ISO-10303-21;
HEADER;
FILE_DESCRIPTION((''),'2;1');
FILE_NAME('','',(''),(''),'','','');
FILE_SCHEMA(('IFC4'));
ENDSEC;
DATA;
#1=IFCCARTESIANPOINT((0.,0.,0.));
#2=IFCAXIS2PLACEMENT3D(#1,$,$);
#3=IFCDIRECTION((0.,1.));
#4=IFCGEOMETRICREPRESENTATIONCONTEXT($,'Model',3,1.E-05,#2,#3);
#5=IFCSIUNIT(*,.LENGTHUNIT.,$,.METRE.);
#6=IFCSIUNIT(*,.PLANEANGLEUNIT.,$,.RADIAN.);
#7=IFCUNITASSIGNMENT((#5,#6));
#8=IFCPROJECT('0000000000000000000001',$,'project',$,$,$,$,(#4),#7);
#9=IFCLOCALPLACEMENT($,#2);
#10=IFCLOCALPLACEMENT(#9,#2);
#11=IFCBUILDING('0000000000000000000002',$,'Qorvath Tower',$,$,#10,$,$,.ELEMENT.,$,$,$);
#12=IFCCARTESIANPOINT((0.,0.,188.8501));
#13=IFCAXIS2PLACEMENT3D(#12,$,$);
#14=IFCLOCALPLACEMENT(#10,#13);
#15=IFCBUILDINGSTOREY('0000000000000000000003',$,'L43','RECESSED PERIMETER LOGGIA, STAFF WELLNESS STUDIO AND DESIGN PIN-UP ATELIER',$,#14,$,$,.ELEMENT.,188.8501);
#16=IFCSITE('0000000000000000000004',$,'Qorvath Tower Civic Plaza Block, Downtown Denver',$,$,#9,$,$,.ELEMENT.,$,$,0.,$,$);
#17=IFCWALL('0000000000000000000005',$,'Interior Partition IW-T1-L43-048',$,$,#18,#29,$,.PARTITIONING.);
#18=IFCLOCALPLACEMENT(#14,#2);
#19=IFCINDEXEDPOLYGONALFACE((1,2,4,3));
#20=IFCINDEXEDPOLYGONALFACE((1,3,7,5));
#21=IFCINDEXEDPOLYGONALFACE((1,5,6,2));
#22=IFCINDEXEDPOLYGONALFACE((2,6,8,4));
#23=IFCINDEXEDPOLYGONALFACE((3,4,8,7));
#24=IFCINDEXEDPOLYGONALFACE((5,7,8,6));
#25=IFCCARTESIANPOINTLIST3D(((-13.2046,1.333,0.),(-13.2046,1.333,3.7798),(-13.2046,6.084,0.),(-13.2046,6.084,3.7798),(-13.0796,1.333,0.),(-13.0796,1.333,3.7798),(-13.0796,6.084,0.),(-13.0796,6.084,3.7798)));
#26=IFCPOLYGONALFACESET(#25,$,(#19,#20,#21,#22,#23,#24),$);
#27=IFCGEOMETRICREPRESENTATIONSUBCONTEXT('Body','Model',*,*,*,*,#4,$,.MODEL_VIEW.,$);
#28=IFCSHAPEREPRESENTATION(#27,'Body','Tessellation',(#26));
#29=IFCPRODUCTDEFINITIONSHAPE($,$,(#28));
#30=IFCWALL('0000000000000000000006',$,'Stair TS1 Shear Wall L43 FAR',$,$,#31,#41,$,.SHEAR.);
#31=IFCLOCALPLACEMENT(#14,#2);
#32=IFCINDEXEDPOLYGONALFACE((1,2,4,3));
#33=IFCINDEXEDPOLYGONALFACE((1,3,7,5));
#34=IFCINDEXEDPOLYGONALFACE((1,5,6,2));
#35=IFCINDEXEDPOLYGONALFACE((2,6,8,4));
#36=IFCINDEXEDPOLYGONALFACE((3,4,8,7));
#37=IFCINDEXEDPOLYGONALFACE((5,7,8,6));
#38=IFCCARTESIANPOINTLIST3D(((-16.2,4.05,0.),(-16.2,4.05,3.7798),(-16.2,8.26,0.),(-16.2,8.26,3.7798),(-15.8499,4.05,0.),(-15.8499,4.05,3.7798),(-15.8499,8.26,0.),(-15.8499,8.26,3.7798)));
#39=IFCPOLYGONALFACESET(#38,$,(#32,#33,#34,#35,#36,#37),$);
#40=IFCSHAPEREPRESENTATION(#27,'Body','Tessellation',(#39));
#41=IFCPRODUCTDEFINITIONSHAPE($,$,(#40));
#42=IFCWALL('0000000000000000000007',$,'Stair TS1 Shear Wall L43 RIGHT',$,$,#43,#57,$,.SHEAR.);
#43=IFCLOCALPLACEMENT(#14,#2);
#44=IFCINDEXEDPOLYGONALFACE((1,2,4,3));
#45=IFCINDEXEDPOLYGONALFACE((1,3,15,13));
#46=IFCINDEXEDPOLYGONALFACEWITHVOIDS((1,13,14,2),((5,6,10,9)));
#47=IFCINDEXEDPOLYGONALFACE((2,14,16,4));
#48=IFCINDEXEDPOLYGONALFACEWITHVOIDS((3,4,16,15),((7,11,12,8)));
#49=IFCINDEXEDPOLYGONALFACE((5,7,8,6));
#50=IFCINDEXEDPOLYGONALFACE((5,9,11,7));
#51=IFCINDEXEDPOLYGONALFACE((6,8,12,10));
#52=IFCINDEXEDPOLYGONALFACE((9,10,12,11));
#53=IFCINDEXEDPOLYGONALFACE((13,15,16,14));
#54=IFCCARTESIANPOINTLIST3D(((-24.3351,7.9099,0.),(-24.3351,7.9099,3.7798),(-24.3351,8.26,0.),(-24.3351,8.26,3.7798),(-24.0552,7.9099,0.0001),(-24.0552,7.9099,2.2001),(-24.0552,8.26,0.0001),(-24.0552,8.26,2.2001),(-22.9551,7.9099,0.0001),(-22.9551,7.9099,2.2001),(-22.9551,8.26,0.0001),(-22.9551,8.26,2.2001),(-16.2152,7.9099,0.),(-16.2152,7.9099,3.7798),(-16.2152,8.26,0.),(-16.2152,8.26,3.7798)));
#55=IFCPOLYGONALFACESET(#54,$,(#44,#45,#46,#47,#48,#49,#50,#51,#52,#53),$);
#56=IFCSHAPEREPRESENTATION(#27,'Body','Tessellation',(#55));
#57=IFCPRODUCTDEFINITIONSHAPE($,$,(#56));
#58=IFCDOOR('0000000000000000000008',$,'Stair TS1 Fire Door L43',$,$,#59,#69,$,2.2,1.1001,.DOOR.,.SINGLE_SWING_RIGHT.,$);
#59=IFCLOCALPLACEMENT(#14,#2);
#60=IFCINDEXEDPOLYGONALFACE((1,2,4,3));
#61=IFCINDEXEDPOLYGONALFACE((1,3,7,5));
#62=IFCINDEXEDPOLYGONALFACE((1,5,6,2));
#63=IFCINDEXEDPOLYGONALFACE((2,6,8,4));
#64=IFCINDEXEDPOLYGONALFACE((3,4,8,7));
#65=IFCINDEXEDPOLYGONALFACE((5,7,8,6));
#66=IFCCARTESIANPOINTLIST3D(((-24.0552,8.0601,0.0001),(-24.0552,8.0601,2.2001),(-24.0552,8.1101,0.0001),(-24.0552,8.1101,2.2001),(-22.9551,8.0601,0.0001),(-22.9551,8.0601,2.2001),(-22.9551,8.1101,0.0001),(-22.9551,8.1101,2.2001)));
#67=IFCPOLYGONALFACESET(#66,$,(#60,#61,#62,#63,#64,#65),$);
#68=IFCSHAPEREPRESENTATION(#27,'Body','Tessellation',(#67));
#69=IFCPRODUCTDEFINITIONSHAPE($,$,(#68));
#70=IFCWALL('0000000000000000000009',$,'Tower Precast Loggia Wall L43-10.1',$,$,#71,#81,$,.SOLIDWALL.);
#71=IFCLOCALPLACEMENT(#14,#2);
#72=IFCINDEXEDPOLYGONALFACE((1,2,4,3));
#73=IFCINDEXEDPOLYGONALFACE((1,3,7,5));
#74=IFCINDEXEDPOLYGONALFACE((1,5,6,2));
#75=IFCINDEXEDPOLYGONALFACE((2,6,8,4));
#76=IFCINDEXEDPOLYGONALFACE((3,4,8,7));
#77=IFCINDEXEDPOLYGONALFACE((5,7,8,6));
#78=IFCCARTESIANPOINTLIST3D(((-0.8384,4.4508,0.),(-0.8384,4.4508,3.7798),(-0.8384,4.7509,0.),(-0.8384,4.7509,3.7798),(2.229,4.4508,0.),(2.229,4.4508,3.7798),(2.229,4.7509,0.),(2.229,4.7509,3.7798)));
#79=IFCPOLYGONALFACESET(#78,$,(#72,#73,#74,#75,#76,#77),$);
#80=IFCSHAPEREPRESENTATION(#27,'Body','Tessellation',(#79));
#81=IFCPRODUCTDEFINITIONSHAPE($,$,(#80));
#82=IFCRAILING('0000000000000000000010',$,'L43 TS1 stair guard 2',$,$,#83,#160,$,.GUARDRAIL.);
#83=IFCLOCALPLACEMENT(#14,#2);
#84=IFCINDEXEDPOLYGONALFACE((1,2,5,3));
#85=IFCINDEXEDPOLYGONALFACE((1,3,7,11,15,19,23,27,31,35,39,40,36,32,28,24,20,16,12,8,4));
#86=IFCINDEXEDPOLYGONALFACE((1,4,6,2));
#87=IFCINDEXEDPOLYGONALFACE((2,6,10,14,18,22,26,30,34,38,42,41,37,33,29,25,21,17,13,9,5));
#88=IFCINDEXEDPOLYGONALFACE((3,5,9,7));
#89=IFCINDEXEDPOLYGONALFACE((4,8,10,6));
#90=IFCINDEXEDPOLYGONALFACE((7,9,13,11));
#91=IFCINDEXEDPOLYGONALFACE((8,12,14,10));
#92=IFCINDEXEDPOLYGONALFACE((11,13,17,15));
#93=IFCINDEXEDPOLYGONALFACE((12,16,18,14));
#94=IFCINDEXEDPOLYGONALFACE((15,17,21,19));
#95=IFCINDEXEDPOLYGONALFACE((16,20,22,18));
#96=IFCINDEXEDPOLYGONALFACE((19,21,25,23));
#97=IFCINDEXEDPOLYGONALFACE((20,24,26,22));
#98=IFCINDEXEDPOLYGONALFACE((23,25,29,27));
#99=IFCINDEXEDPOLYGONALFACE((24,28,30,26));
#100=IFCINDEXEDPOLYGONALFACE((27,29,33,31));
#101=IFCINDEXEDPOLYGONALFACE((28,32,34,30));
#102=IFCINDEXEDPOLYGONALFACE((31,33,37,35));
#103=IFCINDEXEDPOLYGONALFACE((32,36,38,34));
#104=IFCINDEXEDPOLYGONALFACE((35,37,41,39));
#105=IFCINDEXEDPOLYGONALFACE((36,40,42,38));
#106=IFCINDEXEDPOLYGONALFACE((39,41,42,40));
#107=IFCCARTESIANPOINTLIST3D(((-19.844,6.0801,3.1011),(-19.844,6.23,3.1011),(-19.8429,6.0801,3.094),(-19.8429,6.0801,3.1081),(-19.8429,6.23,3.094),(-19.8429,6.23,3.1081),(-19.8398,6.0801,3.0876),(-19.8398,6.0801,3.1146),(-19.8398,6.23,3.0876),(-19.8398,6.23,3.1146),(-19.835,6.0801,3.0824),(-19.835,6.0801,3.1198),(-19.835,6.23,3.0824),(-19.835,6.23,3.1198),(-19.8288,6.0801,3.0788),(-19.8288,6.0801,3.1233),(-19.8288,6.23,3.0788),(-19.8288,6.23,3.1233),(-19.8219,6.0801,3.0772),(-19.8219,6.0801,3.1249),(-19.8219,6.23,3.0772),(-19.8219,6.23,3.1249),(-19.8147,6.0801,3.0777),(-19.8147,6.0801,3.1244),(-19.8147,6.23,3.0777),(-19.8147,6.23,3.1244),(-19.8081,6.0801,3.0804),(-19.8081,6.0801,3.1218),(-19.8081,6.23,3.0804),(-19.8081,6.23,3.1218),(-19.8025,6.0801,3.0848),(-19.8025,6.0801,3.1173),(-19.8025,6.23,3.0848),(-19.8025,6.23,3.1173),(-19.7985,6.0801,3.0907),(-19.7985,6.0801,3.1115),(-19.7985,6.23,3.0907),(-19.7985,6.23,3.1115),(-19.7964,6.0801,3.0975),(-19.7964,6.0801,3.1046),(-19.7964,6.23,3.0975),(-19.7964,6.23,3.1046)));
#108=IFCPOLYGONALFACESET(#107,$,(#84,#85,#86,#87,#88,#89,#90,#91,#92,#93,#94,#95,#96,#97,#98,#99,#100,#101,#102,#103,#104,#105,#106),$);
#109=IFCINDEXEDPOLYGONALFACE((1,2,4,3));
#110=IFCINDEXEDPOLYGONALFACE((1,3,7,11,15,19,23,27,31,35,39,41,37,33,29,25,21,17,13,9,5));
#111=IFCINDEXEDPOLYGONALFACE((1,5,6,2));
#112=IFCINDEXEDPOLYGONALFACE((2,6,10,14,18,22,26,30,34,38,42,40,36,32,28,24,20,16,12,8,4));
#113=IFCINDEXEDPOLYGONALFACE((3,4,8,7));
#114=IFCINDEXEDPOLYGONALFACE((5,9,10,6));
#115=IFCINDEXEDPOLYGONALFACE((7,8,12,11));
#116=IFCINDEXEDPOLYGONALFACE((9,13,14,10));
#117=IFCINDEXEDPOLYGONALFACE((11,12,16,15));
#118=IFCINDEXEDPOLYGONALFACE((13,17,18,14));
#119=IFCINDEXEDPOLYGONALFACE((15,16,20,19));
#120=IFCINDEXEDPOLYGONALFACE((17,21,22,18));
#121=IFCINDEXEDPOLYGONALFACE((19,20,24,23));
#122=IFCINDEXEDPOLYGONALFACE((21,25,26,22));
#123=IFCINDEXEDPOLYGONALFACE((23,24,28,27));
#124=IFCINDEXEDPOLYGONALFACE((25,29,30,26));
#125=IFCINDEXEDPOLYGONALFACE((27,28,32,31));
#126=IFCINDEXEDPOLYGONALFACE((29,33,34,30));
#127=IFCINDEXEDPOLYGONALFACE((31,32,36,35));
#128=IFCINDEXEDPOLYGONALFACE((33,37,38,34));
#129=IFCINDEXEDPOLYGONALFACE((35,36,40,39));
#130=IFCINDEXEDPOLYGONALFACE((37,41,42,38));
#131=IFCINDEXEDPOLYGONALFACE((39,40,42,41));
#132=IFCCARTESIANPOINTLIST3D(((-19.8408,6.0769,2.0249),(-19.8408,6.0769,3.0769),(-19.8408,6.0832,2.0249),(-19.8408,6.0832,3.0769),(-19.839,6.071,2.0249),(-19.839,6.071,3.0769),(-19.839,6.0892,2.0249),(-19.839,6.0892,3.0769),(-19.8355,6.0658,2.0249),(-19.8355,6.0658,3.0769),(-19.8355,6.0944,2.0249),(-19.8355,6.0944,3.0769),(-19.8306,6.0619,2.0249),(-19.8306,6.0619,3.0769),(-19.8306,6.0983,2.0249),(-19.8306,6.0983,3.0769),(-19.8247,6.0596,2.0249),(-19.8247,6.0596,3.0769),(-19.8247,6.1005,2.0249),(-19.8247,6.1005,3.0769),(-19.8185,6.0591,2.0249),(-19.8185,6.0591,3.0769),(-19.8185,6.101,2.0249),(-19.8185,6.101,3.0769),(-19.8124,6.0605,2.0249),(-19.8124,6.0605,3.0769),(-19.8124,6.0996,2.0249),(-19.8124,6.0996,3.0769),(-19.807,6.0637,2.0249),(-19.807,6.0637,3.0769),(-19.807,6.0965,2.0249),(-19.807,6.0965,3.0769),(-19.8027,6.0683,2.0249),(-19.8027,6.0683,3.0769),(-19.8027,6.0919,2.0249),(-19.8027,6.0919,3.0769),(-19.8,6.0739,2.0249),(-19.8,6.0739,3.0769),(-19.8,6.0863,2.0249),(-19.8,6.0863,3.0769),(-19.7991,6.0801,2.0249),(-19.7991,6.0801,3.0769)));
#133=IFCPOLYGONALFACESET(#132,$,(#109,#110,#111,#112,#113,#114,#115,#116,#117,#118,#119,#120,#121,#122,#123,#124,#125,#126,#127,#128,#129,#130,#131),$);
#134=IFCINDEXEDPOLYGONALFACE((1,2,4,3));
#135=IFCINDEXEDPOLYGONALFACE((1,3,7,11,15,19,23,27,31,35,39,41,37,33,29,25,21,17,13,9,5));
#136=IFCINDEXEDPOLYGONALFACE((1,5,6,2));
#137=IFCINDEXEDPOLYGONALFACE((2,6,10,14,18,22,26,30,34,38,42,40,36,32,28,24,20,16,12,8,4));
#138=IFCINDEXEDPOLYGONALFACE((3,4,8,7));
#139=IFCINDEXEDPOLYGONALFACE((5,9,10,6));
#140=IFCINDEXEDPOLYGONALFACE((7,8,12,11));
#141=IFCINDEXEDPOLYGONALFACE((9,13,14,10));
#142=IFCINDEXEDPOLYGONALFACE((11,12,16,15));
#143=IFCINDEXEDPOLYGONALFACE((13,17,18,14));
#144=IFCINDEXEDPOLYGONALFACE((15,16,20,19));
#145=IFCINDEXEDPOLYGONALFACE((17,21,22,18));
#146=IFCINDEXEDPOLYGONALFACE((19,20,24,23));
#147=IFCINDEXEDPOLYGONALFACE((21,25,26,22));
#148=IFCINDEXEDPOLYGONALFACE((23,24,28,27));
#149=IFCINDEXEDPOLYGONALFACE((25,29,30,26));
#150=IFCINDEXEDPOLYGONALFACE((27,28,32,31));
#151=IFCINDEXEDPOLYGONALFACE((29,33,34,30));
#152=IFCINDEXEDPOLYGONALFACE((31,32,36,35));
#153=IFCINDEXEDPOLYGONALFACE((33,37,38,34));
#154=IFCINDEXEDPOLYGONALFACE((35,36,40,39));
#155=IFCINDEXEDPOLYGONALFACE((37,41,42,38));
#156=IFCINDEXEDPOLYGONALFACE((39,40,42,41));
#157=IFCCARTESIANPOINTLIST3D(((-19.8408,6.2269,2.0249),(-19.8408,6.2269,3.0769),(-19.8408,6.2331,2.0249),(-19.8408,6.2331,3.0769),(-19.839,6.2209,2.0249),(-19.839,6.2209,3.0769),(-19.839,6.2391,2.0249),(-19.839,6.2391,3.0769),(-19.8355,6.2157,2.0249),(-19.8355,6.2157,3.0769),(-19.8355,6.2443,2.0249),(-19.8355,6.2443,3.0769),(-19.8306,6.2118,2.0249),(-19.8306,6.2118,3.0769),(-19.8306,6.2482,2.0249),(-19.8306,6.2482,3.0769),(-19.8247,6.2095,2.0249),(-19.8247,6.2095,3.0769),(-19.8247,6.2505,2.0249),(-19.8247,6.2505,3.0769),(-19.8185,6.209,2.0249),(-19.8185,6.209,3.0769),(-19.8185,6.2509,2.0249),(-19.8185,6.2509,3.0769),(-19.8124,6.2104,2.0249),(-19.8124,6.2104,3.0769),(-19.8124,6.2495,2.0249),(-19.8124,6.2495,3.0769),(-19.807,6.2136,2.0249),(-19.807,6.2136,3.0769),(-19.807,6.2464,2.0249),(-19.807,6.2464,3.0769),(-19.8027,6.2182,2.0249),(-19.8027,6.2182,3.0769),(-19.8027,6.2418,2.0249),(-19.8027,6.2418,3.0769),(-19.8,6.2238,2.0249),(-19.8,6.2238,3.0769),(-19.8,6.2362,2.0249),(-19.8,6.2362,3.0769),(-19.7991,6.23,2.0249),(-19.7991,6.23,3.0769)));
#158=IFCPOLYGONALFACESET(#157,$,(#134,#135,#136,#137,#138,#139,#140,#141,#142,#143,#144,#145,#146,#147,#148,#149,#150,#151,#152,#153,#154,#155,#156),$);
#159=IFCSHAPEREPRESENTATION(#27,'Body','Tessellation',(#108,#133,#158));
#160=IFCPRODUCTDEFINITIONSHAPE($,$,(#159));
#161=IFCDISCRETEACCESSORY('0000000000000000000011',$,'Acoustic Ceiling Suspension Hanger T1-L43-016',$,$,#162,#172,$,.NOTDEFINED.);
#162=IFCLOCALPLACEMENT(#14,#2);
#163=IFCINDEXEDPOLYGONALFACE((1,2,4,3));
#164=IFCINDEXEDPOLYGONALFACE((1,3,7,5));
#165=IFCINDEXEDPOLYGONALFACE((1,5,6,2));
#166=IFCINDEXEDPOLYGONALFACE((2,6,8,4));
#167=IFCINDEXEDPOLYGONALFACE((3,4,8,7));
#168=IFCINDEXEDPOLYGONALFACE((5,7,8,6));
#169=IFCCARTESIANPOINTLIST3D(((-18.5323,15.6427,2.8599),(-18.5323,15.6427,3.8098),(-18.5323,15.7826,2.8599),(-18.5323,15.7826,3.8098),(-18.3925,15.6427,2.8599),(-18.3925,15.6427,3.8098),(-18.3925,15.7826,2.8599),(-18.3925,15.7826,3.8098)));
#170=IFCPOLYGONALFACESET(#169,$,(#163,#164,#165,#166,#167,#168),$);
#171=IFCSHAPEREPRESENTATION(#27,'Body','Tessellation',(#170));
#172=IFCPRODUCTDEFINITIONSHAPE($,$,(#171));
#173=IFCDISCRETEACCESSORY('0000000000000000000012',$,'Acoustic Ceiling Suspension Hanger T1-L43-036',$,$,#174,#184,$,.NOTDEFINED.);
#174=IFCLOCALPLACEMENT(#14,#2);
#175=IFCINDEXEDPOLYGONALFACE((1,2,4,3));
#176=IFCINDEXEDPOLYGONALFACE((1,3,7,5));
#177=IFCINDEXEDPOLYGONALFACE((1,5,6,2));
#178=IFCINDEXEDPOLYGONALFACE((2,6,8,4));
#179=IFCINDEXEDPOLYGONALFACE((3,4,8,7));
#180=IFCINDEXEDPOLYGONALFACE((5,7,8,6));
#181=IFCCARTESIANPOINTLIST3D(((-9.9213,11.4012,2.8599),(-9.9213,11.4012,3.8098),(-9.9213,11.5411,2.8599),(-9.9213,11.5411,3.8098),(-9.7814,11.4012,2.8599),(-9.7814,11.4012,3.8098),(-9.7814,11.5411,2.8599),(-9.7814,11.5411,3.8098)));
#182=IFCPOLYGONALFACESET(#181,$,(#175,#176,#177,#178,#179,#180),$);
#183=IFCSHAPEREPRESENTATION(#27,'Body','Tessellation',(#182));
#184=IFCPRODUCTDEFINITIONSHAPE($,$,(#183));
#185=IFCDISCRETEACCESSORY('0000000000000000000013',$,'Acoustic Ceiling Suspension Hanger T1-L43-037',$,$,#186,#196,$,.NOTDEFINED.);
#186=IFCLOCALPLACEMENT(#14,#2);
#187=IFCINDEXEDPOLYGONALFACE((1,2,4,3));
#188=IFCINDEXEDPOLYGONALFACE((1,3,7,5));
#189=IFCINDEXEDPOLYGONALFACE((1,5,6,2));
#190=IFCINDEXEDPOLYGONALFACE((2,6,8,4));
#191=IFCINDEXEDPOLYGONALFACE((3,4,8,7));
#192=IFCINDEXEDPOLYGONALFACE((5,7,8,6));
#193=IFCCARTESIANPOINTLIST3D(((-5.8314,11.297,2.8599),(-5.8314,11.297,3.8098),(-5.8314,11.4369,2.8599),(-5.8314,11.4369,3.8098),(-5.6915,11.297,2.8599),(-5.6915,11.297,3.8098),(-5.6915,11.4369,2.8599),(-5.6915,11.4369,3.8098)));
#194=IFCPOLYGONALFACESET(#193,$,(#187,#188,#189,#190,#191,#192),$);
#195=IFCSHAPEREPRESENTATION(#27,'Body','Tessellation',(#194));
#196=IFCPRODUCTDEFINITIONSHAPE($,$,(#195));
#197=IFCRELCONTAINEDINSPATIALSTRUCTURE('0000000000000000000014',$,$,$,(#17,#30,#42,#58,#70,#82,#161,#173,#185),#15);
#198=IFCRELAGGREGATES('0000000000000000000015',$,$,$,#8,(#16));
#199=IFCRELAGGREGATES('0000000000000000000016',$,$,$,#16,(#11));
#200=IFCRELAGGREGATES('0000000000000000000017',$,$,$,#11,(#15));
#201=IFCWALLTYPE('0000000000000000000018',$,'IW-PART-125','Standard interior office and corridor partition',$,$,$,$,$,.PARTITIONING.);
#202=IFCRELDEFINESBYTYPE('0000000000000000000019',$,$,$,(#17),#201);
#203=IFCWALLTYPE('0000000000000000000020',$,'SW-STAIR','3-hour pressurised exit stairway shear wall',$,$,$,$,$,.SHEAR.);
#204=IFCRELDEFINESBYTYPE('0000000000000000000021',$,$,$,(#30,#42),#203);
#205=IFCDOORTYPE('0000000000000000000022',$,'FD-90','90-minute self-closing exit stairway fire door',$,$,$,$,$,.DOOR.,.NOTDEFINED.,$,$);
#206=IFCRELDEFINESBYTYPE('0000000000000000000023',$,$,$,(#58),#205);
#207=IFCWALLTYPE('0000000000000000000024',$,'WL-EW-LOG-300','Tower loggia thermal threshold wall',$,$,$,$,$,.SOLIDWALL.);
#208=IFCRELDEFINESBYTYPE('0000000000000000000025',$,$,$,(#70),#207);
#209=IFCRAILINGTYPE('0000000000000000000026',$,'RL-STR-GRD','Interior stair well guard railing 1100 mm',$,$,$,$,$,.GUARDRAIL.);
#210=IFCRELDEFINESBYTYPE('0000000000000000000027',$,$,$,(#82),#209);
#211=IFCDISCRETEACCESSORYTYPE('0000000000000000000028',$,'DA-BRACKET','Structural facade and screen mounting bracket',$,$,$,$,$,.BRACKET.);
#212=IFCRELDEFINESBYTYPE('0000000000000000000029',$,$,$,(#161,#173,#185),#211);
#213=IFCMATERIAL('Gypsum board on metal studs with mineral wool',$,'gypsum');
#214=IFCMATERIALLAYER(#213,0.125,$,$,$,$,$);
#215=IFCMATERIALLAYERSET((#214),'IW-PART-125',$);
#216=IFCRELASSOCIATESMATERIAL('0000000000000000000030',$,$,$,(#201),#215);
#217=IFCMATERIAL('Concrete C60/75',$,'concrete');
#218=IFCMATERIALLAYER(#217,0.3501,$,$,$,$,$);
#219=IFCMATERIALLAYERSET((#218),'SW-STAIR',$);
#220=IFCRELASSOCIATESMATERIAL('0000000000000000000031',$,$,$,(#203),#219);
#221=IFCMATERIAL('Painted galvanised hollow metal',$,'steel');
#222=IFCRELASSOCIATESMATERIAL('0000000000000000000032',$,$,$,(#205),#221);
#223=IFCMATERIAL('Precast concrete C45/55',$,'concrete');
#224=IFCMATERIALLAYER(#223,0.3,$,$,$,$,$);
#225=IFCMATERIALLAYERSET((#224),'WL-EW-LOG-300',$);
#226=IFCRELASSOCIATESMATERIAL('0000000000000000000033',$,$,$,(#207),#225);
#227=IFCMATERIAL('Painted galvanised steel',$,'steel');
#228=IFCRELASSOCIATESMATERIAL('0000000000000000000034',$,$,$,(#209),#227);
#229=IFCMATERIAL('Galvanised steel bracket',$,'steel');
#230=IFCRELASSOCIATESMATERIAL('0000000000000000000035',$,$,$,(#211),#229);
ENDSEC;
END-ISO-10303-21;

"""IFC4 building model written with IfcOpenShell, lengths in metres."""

from ifc_helpers import new_model, si_unit, direction, frame, frame_2d, origin, origin_2d, place, context, subcontext, project, spatial, rectangle, circle, extrude, material, layer, layer_set, type_object, element, fill, save


model = new_model("IFC4")

# Units and contexts
model_context = context("Model", 3, precision=1e-05, world=origin(), true_north=direction((0.0, 1.0)))
body_context = subcontext(model_context, "Body", "Model", "MODEL_VIEW")
ifc_project = project(units=[si_unit("LENGTHUNIT", "METRE"), si_unit("PLANEANGLEUNIT", "RADIAN")], contexts=[model_context])

# Site, building, storey
site_placement = place(None, origin())
site = spatial("IfcSite", under=ifc_project, at=site_placement, Name="Qorvath Tower Civic Plaza Block, Downtown Denver", CompositionType="ELEMENT", RefElevation=0.0)
building_placement = place(site_placement, origin())
building = spatial("IfcBuilding", under=site, at=building_placement, Name="Qorvath Tower", CompositionType="ELEMENT")
storey_placement = place(building_placement, frame((0.0, 0.0, 188.8501)))
storey = spatial("IfcBuildingStorey", under=building, at=storey_placement, Name="L43", Description="RECESSED PERIMETER LOGGIA, STAFF WELLNESS STUDIO AND DESIGN PIN-UP ATELIER", CompositionType="ELEMENT", Elevation=188.8501)

# Wall
ifc_material_1 = material(Name="Gypsum board on metal studs with mineral wool", Category="gypsum")
ifc_layer_1 = layer(ifc_material_1, 0.125)
ifc_layer_set_1 = layer_set([ifc_layer_1], Name="IW-PART-125")
wall_type_1 = type_object("IfcWallType", Name="IW-PART-125", Description="Standard interior office and corridor partition", PredefinedType="PARTITIONING", material=ifc_layer_set_1)
wall_1_placement = place(storey_placement, frame((-13.1421, 6.084, 0.0), z_axis=(0.0, 0.0, 1.0), x_axis=(0.0, -1.0, 0.0)))
element("IfcWall", 1, at=wall_1_placement, inside=storey, type_object=wall_type_1, Name="Interior Partition IW-T1-L43-048", PredefinedType="PARTITIONING", context=body_context, shape_type="SweptSolid", body=[
    extrude(rectangle(XDim=4.751, YDim=0.125, at=frame_2d((2.3755, 0.0))), origin(), (0.0, 0.0, 1.0), 3.7798),
])

# Wall
ifc_material_2 = material(Name="Concrete C60/75", Category="concrete")
ifc_layer_2 = layer(ifc_material_2, 0.3501)
ifc_layer_set_2 = layer_set([ifc_layer_2], Name="SW-STAIR")
wall_type_2 = type_object("IfcWallType", Name="SW-STAIR", Description="3-hour pressurised exit stairway shear wall", PredefinedType="SHEAR", material=ifc_layer_set_2)
wall_2_placement = place(storey_placement, frame((-16.0249, 4.05, 0.0), z_axis=(0.0, 0.0, 1.0), x_axis=(0.0, 1.0, 0.0)))
element("IfcWall", 2, at=wall_2_placement, inside=storey, type_object=wall_type_2, Name="Stair TS1 Shear Wall L43 FAR", PredefinedType="SHEAR", context=body_context, shape_type="SweptSolid", body=[
    extrude(rectangle(XDim=4.21, YDim=0.3501, at=frame_2d((2.105, 0.0))), origin(), (0.0, 0.0, 1.0), 3.7798),
])

# Wall, opening, door
wall_3_placement = place(storey_placement, frame((-16.2151, 8.085, 0.0), z_axis=(0.0, 0.0, 1.0), x_axis=(-1.0, 0.0, 0.0)))
wall_3 = element("IfcWall", 3, at=wall_3_placement, inside=storey, type_object=wall_type_2, Name="Stair TS1 Shear Wall L43 RIGHT", PredefinedType="SHEAR", context=body_context, shape_type="SweptSolid", body=[
    extrude(rectangle(XDim=8.1199, YDim=0.3501, at=frame_2d((4.0601, 0.0))), origin(), (0.0, 0.0, 1.0), 3.7798),
])
opening_1_placement = place(wall_3_placement, frame((6.74, 0.0, 0.0)))
opening_1 = element("IfcOpeningElement", 4, at=opening_1_placement, cuts=wall_3, PredefinedType="OPENING", context=body_context, shape_type="SweptSolid", body=[
    extrude(rectangle(XDim=1.1001, YDim=2.2, at=frame_2d((0.55, 1.1001))), frame((0.0, 0.1851, 0.0), z_axis=(0.0, -1.0, 0.0), x_axis=(1.0, 0.0, 0.0)), (0.0, 0.0, 1.0), 0.3701),
])
ifc_material_3 = material(Name="Painted galvanised hollow metal", Category="steel")
door_type_1 = type_object("IfcDoorType", Name="FD-90", Description="90-minute self-closing exit stairway fire door", OperationType="NOTDEFINED", PredefinedType="DOOR", material=ifc_material_3)
door_1_placement = place(opening_1_placement, origin())
door_1 = element("IfcDoor", 5, at=door_1_placement, inside=storey, type_object=door_type_1, Name="Stair TS1 Fire Door L43", OperationType="SINGLE_SWING_RIGHT", OverallHeight=2.2, OverallWidth=1.1001, PredefinedType="DOOR", context=body_context, shape_type="SweptSolid", body=[
    extrude(rectangle(XDim=1.1001, YDim=2.2, at=frame_2d((0.55, 1.1001))), frame((0.0, 0.0249, 0.0), z_axis=(0.0, -1.0, 0.0), x_axis=(1.0, 0.0, 0.0)), (0.0, 0.0, 1.0), 0.05),
])
fill(opening_1, door_1)

# Wall
ifc_material_4 = material(Name="Precast concrete C45/55", Category="concrete")
ifc_layer_3 = layer(ifc_material_4, 0.3)
ifc_layer_set_3 = layer_set([ifc_layer_3], Name="WL-EW-LOG-300")
wall_type_3 = type_object("IfcWallType", Name="WL-EW-LOG-300", Description="Tower loggia thermal threshold wall", PredefinedType="SOLIDWALL", material=ifc_layer_set_3)
wall_4_placement = place(storey_placement, frame((-0.8384, 4.6008, 0.0), z_axis=(0.0, 0.0, 1.0), x_axis=(1.0, 0.0, 0.0)))
element("IfcWall", 6, at=wall_4_placement, inside=storey, type_object=wall_type_3, Name="Tower Precast Loggia Wall L43-10.1", PredefinedType="SOLIDWALL", context=body_context, shape_type="SweptSolid", body=[
    extrude(rectangle(XDim=3.0674, YDim=0.3, at=frame_2d((1.5337, 0.0))), origin(), (0.0, 0.0, 1.0), 3.7798),
])

# Railing
ifc_material_5 = material(Name="Painted galvanised steel", Category="steel")
railing_type = type_object("IfcRailingType", Name="RL-STR-GRD", Description="Interior stair well guard railing 1100 mm", PredefinedType="GUARDRAIL", material=ifc_material_5)
railing_placement = place(storey_placement, frame((-19.8201, 6.0801, 2.0249)))
element("IfcRailing", 7, at=railing_placement, inside=storey, type_object=railing_type, Name="L43 TS1 stair guard 2", PredefinedType="GUARDRAIL", context=body_context, shape_type="SweptSolid", body=[
    extrude(circle(Radius=0.0239, at=origin_2d()), frame((0.0, 0.0, 1.0762), z_axis=(0.0, 1.0, 0.0), x_axis=(-1.0, 0.0, 0.0)), (0.0, 0.0, 1.0), 0.1499),
    extrude(circle(Radius=0.021, at=origin_2d()), origin(), (0.0, 0.0, 1.0), 1.052),
    extrude(circle(Radius=0.021, at=origin_2d()), frame((0.0, 0.1499, 0.0)), (0.0, 0.0, 1.0), 1.052),
])

# Discrete accessories
ifc_material_6 = material(Name="Galvanised steel bracket", Category="steel")
discrete_accessory_type = type_object("IfcDiscreteAccessoryType", Name="DA-BRACKET", Description="Structural facade and screen mounting bracket", PredefinedType="BRACKET", material=ifc_material_6)
for number, where, z_axis, x_axis, name in (
    (8, (-18.4624, 15.7126, 2.8599), (0.0, 0.0, 1.0), (1.0, 0.0, 0.0), "Acoustic Ceiling Suspension Hanger T1-L43-016"),
    (9, (-9.8513, 11.4712, 2.8599), (0.0, 0.0, 1.0), (1.0, 0.0, 0.0), "Acoustic Ceiling Suspension Hanger T1-L43-036"),
    (10, (-5.7615, 11.3669, 2.8599), (0.0, 0.0, 1.0), (1.0, 0.0, 0.0), "Acoustic Ceiling Suspension Hanger T1-L43-037"),
):
    element("IfcDiscreteAccessory", number, at=place(storey_placement, frame(where, z_axis=z_axis, x_axis=x_axis)), inside=storey, type_object=discrete_accessory_type, Name=name, PredefinedType="NOTDEFINED", context=body_context, shape_type="SweptSolid", body=[
        extrude(rectangle(XDim=0.1399, YDim=0.1399, at=origin_2d()), origin(), (0.0, 0.0, 1.0), 0.95),
    ])

save(model, "model.ifc")
